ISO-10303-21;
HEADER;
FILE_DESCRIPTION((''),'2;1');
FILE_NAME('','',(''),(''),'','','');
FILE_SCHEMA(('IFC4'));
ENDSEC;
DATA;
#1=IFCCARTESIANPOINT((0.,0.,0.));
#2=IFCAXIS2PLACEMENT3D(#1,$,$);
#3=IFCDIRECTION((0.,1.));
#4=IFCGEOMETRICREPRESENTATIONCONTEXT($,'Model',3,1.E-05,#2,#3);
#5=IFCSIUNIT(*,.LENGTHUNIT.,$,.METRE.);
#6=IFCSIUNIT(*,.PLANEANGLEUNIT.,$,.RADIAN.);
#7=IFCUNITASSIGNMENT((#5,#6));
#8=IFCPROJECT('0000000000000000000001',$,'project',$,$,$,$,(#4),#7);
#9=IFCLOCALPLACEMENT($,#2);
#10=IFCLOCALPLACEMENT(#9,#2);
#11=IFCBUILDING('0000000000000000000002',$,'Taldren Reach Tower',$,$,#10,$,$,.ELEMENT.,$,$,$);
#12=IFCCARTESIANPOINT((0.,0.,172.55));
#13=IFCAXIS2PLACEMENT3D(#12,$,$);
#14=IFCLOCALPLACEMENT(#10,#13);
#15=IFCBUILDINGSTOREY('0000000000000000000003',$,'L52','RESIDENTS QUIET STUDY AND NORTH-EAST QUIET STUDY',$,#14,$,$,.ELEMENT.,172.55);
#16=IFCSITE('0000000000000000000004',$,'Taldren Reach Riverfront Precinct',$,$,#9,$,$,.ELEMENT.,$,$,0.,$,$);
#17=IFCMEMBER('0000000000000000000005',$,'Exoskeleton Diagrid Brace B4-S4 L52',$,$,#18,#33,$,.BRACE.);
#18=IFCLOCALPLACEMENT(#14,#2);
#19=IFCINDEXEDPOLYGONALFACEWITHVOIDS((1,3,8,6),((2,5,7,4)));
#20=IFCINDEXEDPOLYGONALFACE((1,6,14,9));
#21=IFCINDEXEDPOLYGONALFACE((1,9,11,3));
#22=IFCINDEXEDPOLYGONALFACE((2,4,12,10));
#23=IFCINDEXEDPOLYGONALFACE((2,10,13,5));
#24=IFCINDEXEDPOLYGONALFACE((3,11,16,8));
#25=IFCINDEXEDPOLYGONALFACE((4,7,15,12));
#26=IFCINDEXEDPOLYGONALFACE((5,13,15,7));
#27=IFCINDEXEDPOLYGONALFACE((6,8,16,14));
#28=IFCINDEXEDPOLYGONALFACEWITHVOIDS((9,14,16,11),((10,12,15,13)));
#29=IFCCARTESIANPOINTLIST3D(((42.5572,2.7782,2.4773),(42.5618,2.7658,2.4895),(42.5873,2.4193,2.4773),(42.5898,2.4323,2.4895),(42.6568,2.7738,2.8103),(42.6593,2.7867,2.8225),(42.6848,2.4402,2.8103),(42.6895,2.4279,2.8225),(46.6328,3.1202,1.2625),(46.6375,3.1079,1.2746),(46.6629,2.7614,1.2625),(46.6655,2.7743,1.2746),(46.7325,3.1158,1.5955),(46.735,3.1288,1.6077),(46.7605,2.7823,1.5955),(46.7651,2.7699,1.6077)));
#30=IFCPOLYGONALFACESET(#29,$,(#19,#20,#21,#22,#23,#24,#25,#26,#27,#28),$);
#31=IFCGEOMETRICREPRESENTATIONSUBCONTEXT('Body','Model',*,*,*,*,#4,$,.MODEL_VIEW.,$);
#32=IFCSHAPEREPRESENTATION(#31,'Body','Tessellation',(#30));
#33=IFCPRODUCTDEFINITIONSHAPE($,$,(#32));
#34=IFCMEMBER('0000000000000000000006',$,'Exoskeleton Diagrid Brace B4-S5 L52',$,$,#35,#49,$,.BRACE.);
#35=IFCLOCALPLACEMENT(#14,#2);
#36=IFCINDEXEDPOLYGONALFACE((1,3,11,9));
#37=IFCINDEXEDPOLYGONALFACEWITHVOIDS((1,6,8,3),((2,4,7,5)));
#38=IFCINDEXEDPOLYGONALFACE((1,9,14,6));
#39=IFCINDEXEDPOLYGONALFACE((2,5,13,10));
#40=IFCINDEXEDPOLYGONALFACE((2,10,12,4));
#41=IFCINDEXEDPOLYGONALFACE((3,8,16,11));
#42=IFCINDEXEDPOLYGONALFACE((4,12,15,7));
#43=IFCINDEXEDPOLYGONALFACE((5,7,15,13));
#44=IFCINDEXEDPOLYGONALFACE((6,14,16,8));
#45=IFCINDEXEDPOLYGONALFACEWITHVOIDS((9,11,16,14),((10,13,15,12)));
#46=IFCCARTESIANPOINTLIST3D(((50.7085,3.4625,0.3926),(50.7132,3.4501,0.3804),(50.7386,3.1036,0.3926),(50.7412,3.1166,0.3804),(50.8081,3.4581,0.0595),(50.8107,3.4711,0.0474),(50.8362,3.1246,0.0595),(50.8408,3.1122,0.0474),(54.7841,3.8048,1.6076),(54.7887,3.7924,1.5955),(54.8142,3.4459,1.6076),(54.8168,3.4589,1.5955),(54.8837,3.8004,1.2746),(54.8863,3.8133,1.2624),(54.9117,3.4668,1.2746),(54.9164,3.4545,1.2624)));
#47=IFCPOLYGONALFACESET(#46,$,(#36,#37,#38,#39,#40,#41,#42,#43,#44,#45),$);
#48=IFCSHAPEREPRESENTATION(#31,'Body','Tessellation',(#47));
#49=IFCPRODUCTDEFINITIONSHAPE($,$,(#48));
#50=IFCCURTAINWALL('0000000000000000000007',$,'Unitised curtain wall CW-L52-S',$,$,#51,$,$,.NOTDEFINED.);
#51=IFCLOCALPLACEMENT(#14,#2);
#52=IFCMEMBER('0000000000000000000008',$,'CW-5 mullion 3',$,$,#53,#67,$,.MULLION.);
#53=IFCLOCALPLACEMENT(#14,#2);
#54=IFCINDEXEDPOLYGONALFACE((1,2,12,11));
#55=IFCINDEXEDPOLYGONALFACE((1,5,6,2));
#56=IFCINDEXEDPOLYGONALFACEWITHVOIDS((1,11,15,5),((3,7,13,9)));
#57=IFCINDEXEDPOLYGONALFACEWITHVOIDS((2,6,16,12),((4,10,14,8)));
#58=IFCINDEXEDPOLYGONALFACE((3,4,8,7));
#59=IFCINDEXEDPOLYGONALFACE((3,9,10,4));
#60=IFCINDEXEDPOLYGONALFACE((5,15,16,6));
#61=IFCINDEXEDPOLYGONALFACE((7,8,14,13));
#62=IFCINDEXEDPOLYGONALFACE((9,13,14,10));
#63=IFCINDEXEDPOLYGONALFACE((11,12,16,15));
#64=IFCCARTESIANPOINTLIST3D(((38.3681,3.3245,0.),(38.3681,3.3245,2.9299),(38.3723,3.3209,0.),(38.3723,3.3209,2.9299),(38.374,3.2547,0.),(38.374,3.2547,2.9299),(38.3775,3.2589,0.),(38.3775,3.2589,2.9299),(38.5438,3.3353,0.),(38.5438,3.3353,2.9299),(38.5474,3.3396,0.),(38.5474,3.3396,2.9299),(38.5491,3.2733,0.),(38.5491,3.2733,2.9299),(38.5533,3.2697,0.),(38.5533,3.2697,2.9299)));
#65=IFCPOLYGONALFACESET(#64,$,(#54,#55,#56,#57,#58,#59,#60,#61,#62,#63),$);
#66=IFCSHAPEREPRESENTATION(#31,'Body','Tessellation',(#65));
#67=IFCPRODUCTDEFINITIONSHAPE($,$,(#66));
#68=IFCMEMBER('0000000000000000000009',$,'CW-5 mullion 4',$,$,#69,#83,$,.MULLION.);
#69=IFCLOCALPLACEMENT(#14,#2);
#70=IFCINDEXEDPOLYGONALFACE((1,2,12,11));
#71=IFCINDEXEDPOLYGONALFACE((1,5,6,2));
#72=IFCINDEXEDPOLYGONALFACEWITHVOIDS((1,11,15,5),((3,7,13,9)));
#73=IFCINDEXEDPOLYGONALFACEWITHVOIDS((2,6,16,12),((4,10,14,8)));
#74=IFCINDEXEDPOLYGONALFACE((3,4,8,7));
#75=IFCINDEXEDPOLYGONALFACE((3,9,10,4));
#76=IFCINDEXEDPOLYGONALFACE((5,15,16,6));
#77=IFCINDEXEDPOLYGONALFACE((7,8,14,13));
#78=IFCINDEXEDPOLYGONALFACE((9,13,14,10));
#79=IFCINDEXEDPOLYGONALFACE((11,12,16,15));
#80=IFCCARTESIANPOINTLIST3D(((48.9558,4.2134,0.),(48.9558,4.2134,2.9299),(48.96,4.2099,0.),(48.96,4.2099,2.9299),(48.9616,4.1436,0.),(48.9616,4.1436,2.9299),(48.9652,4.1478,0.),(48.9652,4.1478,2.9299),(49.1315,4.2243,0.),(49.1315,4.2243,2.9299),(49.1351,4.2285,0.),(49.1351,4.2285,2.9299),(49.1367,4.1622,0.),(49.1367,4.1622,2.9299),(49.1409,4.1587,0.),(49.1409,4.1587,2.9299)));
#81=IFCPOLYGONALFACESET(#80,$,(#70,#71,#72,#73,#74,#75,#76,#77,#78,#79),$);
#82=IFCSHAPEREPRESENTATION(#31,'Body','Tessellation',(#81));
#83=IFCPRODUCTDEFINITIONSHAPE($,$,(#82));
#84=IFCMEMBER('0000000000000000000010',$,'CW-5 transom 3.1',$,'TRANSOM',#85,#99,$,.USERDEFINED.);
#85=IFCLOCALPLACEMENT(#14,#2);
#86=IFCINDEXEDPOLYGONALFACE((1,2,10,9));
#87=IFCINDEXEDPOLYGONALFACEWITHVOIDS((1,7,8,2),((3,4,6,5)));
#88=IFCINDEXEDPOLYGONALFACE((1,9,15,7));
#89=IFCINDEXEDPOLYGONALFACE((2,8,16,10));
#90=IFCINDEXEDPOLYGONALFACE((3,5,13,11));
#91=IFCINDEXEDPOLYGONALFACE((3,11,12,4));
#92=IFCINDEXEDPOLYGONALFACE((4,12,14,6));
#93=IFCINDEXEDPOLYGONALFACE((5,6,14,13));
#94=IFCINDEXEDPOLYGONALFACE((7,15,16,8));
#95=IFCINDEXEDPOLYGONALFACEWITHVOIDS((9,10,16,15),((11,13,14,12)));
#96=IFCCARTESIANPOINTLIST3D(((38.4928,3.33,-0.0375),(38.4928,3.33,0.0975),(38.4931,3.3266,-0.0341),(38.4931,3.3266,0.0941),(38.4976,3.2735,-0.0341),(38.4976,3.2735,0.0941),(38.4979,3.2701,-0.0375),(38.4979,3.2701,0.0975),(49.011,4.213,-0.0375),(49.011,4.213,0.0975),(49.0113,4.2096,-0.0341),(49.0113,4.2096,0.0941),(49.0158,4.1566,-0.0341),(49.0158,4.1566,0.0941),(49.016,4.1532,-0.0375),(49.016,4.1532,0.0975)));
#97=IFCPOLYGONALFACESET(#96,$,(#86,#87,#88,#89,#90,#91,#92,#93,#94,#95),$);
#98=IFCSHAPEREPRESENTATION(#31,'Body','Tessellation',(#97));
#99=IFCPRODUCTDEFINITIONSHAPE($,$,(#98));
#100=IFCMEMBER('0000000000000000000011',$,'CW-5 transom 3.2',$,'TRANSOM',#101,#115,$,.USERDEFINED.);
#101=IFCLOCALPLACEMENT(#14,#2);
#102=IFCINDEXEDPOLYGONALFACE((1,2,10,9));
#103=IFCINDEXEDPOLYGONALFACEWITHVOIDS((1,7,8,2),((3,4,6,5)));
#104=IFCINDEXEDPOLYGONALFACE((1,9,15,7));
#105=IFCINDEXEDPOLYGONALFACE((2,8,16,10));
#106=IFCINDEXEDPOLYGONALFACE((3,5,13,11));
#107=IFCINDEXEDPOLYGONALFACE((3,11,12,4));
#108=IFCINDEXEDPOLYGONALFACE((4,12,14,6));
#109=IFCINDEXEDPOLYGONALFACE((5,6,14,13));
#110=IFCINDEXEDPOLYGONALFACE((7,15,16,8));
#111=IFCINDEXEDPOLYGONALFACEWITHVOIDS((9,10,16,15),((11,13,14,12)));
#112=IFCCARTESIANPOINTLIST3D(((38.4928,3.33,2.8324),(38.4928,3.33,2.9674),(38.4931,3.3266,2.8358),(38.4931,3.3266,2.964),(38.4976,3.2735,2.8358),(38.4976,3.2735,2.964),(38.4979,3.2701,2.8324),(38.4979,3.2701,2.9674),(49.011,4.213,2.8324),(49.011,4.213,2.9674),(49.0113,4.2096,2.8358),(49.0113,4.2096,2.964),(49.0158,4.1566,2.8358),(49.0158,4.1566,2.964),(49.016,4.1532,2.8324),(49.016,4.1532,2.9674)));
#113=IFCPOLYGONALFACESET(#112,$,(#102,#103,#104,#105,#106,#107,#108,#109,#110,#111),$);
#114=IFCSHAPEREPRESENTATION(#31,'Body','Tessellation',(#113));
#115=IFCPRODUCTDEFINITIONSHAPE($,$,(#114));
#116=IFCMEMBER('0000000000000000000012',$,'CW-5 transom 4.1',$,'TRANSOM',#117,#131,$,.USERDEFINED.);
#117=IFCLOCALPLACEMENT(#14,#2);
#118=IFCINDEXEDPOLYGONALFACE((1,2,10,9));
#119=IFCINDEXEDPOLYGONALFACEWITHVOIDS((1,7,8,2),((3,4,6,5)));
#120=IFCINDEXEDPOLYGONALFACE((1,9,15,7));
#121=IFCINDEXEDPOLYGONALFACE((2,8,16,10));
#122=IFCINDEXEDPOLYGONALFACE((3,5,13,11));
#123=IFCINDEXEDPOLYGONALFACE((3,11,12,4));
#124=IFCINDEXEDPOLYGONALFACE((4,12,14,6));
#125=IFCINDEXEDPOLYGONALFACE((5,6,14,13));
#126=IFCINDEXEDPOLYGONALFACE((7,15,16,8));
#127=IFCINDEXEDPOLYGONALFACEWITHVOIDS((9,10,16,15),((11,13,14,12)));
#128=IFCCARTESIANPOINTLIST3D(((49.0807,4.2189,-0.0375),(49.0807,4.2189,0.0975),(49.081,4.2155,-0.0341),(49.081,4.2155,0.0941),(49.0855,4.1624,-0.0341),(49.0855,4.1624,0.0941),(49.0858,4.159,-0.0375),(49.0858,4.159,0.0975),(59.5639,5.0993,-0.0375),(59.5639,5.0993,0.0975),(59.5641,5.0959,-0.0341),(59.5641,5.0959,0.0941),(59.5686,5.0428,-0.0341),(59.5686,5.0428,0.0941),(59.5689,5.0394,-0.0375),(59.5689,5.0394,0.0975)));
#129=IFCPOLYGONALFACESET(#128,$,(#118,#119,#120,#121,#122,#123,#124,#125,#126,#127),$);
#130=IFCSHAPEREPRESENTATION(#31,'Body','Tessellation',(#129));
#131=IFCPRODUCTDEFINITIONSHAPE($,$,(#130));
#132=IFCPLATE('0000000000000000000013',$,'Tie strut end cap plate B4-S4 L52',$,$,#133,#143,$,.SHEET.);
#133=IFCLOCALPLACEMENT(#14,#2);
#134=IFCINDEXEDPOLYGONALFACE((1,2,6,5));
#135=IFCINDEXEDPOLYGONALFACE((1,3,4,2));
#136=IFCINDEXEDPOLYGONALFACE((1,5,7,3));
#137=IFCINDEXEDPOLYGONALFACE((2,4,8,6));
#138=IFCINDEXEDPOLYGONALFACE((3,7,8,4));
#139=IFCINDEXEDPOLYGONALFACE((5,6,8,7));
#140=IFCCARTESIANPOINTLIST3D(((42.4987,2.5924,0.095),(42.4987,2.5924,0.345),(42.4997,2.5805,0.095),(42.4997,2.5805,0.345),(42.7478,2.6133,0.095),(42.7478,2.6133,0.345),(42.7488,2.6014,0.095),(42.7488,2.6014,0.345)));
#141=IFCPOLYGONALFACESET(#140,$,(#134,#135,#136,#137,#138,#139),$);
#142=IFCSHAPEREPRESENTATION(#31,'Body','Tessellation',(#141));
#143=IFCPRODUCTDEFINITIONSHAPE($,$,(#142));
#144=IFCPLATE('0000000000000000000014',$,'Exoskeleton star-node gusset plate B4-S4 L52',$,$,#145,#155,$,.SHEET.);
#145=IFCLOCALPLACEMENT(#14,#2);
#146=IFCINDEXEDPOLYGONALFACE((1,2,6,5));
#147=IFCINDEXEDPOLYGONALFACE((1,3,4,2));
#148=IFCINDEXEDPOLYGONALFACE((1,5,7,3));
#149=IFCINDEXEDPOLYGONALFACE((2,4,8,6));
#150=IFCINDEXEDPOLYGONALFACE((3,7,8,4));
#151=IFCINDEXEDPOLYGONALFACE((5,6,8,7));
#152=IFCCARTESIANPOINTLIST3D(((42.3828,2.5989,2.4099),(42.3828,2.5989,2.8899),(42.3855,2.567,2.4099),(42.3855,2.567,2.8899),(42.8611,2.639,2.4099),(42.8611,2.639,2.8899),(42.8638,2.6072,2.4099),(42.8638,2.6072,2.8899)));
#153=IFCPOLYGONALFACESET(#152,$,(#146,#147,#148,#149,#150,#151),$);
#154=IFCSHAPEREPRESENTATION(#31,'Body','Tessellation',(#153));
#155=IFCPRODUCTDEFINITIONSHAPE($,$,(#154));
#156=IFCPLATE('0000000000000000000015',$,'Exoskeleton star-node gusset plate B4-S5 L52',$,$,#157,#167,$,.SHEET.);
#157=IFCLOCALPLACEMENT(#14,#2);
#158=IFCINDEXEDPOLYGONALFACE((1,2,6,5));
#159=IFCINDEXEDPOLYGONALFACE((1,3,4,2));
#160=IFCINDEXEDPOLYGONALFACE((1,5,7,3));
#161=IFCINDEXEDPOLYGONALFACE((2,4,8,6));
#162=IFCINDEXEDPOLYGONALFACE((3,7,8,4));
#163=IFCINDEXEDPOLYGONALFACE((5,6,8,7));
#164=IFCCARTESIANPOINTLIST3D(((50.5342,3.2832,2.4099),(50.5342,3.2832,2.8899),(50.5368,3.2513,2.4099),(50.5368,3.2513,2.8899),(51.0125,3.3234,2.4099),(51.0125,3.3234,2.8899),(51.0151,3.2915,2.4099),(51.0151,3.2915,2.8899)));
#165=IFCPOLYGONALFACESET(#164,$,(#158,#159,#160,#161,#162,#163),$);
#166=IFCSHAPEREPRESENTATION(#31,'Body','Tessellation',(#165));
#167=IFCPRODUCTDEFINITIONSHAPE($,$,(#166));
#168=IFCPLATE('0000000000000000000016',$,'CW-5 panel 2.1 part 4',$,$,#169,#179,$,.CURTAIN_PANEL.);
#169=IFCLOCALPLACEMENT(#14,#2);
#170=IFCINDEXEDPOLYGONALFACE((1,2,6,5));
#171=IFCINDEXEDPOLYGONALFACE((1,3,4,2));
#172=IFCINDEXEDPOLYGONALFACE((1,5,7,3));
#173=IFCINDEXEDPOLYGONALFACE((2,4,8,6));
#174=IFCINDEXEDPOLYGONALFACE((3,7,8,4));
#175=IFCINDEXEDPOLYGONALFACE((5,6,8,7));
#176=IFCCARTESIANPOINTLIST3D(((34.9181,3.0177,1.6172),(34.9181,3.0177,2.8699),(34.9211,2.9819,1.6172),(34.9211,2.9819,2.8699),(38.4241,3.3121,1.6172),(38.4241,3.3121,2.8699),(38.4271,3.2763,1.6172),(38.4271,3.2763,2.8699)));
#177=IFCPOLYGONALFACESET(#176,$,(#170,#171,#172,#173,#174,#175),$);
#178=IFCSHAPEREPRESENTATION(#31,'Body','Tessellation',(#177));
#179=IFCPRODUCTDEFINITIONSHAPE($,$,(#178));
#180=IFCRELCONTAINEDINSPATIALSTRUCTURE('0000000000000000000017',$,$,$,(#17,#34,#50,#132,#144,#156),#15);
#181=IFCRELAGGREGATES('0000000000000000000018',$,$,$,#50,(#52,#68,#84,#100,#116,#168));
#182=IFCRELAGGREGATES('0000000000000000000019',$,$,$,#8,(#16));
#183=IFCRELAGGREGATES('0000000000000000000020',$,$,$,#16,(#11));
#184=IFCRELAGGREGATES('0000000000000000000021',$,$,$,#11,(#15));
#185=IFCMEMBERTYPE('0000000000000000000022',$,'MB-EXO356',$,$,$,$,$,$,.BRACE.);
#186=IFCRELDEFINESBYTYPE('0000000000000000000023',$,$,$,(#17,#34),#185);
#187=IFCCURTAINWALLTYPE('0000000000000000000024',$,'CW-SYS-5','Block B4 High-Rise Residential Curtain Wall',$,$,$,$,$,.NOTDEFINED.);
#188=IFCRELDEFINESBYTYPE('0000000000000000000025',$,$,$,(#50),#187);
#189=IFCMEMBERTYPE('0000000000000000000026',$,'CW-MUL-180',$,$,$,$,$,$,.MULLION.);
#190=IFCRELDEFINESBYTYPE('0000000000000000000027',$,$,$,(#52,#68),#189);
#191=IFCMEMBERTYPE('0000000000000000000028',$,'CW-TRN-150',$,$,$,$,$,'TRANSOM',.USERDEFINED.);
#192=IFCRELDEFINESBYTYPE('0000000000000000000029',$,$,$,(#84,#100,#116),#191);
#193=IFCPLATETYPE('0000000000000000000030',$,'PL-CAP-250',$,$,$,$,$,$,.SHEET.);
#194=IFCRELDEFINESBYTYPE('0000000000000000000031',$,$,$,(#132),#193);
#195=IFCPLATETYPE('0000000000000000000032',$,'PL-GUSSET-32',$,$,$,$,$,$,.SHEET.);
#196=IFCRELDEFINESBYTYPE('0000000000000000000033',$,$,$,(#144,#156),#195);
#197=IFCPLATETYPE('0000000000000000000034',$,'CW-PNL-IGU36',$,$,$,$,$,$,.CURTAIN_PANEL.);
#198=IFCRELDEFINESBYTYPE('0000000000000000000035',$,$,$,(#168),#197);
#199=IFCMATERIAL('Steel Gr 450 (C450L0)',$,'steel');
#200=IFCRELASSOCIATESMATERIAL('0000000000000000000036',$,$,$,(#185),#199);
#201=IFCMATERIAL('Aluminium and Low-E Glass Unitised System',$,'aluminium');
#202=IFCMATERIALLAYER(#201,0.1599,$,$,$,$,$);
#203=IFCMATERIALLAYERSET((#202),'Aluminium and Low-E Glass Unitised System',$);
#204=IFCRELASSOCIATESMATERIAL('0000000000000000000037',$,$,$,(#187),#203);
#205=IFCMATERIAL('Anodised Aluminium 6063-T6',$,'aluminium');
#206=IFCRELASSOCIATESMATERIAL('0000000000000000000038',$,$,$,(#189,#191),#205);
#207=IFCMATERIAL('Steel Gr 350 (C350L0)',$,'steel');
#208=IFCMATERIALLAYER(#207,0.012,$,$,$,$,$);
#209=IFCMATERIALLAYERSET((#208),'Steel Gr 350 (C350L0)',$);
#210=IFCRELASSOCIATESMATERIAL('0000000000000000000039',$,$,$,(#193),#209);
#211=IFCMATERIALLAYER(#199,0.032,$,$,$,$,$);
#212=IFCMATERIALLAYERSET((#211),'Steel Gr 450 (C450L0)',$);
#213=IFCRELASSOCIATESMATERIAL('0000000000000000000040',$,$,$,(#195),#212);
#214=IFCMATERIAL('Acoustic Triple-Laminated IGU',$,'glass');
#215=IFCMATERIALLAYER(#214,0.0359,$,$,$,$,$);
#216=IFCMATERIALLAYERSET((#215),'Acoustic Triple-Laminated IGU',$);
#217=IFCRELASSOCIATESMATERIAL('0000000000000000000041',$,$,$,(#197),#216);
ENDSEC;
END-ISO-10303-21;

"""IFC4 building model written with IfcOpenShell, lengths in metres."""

from ifc_helpers import new_model, si_unit, direction, frame, origin, origin_2d, place, context, subcontext, project, spatial, rectangle, hollow_rectangle, extrude, source, transform, mapped, material, layer, layer_set, material_profile, profile_set, type_object, element, aggregate, save


model = new_model("IFC4")

# Units and contexts
model_context = context("Model", 3, precision=1e-05, world=origin(), true_north=direction((0.0, 1.0)))
body_context = subcontext(model_context, "Body", "Model", "MODEL_VIEW")
ifc_project = project(units=[si_unit("LENGTHUNIT", "METRE"), si_unit("PLANEANGLEUNIT", "RADIAN")], contexts=[model_context])

# Site, building, storey
site_placement = place(None, origin())
site = spatial("IfcSite", under=ifc_project, at=site_placement, Name="Taldren Reach Riverfront Precinct", CompositionType="ELEMENT", RefElevation=0.0)
building_placement = place(site_placement, origin())
building = spatial("IfcBuilding", under=site, at=building_placement, Name="Taldren Reach Tower", CompositionType="ELEMENT")
storey_placement = place(building_placement, frame((0.0, 0.0, 172.55)))
storey = spatial("IfcBuildingStorey", under=building, at=storey_placement, Name="L52", Description="RESIDENTS QUIET STUDY AND NORTH-EAST QUIET STUDY", CompositionType="ELEMENT", Elevation=172.55)

# Shared definitions
ifc_material_1 = material(Name="Steel Gr 350 (C350L0)", Category="steel")

# Members
ifc_material_2 = material(Name="Steel Gr 450 (C450L0)", Category="steel")
ifc_material_profile_1 = material_profile(ifc_material_2, hollow_rectangle(XDim=0.3601, YDim=0.3601, WallThickness=0.0127, at=origin_2d()), Name="360x360x12.7SHS")
ifc_profile_set_1 = profile_set([ifc_material_profile_1], Name="Steel Gr 450 (C450L0)")
member_type_1 = type_object("IfcMemberType", Name="MB-EXO356", PredefinedType="BRACE", material=ifc_profile_set_1)
shared_shape_1 = source(origin(), body_context, "Body", "SweptSolid", [
    extrude(hollow_rectangle(XDim=0.3601, YDim=0.3601, WallThickness=0.0127, at=origin_2d()), origin(), (0.0, 0.0, 1.0), 4.2666),
])
for number, where, z_axis, x_axis, name in (
    (1, (46.699, 2.9451, 1.4351), (-0.955249, -0.080167, 0.284732), (0.083628, -0.996497, 0.0), "Exoskeleton Diagrid Brace B4-S4 L52"),
    (2, (50.7747, 3.2874, 0.22), (0.955229, 0.080222, 0.284783), (-0.083688, 0.996492, 0.0), "Exoskeleton Diagrid Brace B4-S5 L52"),
):
    element("IfcMember", number, at=place(storey_placement, frame(where, z_axis=z_axis, x_axis=x_axis)), inside=storey, type_object=member_type_1, Name=name, PredefinedType="BRACE", context=body_context, shape_type="MappedRepresentation", body=[
        mapped(shared_shape_1, transform((0.0, 0.0, 0.0), scale=1.0)),
    ])

# Curtain wall, members
ifc_material_3 = material(Name="Aluminium and Low-E Glass Unitised System", Category="aluminium")
ifc_layer_1 = layer(ifc_material_3, 0.1599)
ifc_layer_set_1 = layer_set([ifc_layer_1], Name="Aluminium and Low-E Glass Unitised System")
curtain_wall_type = type_object("IfcCurtainWallType", Name="CW-SYS-5", Description="Block B4 High-Rise Residential Curtain Wall", PredefinedType="NOTDEFINED", material=ifc_layer_set_1)
curtain_wall_placement = place(storey_placement, origin())
curtain_wall = element("IfcCurtainWall", 3, at=curtain_wall_placement, inside=storey, type_object=curtain_wall_type, Name="Unitised curtain wall CW-L52-S", PredefinedType="NOTDEFINED")
ifc_material_4 = material(Name="Anodised Aluminium 6063-T6", Category="aluminium")
ifc_material_profile_2 = material_profile(ifc_material_4, hollow_rectangle(XDim=0.0701, YDim=0.1799, WallThickness=0.0039, at=origin_2d()), Name="ALU-180x70x4RHS")
ifc_profile_set_2 = profile_set([ifc_material_profile_2], Name="Anodised Aluminium 6063-T6")
member_type_2 = type_object("IfcMemberType", Name="CW-MUL-180", PredefinedType="MULLION", material=ifc_profile_set_2)
shared_shape_2 = source(origin(), body_context, "Body", "SweptSolid", [
    extrude(hollow_rectangle(XDim=0.0701, YDim=0.1799, WallThickness=0.0039, at=origin_2d()), origin(), (0.0, 0.0, 1.0), 2.9299),
])
member_1_placement = place(storey_placement, frame((38.4607, 3.2971, 0.0), z_axis=(0.0, 0.0, 1.0), x_axis=(-0.083678, 0.996493, 0.0)))
member_1 = element("IfcMember", 4, at=member_1_placement, type_object=member_type_2, Name="CW-5 mullion 3", PredefinedType="MULLION", context=body_context, shape_type="MappedRepresentation", body=[
    mapped(shared_shape_2, transform((0.0, 0.0, 0.0), scale=1.0)),
])
member_2_placement = place(storey_placement, frame((49.0483, 4.186, 0.0), z_axis=(0.0, 0.0, 1.0), x_axis=(-0.083678, 0.996493, 0.0)))
member_2 = element("IfcMember", 5, at=member_2_placement, type_object=member_type_2, Name="CW-5 mullion 4", PredefinedType="MULLION", context=body_context, shape_type="MappedRepresentation", body=[
    mapped(shared_shape_2, transform((0.0, 0.0, 0.0), scale=1.0)),
])
ifc_material_profile_3 = material_profile(ifc_material_4, hollow_rectangle(XDim=0.0601, YDim=0.135, WallThickness=0.0034, at=origin_2d()), Name="ALU-135x60x3.5RHS")
ifc_profile_set_3 = profile_set([ifc_material_profile_3], Name="Anodised Aluminium 6063-T6")
member_type_3 = type_object("IfcMemberType", Name="CW-TRN-150", ElementType="TRANSOM", PredefinedType="USERDEFINED", material=ifc_profile_set_3)
shared_shape_3 = source(origin(), body_context, "Body", "SweptSolid", [
    extrude(hollow_rectangle(XDim=0.0601, YDim=0.135, WallThickness=0.0034, at=origin_2d()), origin(), (0.0, 0.0, 1.0), 10.5552),
])
member_3_placement = place(storey_placement, frame((38.4954, 3.3, 0.03), z_axis=(0.996494, 0.083662, 0.0), x_axis=(-0.083662, 0.996494, 0.0)))
member_3 = element("IfcMember", 6, at=member_3_placement, type_object=member_type_3, Name="CW-5 transom 3.1", ObjectType="TRANSOM", PredefinedType="USERDEFINED", context=body_context, shape_type="MappedRepresentation", body=[
    mapped(shared_shape_3, transform((0.0, 0.0, 0.0), scale=1.0)),
])
member_4_placement = place(storey_placement, frame((38.4954, 3.3, 2.8999), z_axis=(0.996494, 0.083662, 0.0), x_axis=(-0.083662, 0.996494, 0.0)))
member_4 = element("IfcMember", 7, at=member_4_placement, type_object=member_type_3, Name="CW-5 transom 3.2", ObjectType="TRANSOM", PredefinedType="USERDEFINED", context=body_context, shape_type="MappedRepresentation", body=[
    mapped(shared_shape_3, transform((0.0, 0.0, 0.0), scale=1.0)),
])
shared_shape_4 = source(origin(), body_context, "Body", "SweptSolid", [
    extrude(hollow_rectangle(XDim=0.0601, YDim=0.135, WallThickness=0.0034, at=origin_2d()), origin(), (0.0, 0.0, 1.0), 10.52),
])
member_5_placement = place(storey_placement, frame((49.0833, 4.189, 0.03), z_axis=(0.996492, 0.083685, 0.0), x_axis=(-0.083685, 0.996492, 0.0)))
member_5 = element("IfcMember", 8, at=member_5_placement, type_object=member_type_3, Name="CW-5 transom 4.1", ObjectType="TRANSOM", PredefinedType="USERDEFINED", context=body_context, shape_type="MappedRepresentation", body=[
    mapped(shared_shape_4, transform((0.0, 0.0, 0.0), scale=1.0)),
])

# Plates
ifc_layer_2 = layer(ifc_material_1, 0.012)
ifc_layer_set_2 = layer_set([ifc_layer_2], Name="Steel Gr 350 (C350L0)")
plate_type_1 = type_object("IfcPlateType", Name="PL-CAP-250", PredefinedType="SHEET", material=ifc_layer_set_2)
shared_shape_5 = source(origin(), body_context, "Body", "SweptSolid", [
    extrude(rectangle(XDim=0.25, YDim=0.012, at=origin_2d()), origin(), (0.0, 0.0, 1.0), 0.25),
])
plate_1_placement = place(storey_placement, frame((42.6238, 2.5969, 0.095), z_axis=(0.0, 0.0, 1.0), x_axis=(0.996493, 0.083678, 0.0)))
element("IfcPlate", 9, at=plate_1_placement, inside=storey, type_object=plate_type_1, Name="Tie strut end cap plate B4-S4 L52", PredefinedType="SHEET", context=body_context, shape_type="MappedRepresentation", body=[
    mapped(shared_shape_5, transform((0.0, 0.0, 0.0), scale=1.0)),
])
ifc_layer_3 = layer(ifc_material_2, 0.032)
ifc_layer_set_3 = layer_set([ifc_layer_3], Name="Steel Gr 450 (C450L0)")
plate_type_2 = type_object("IfcPlateType", Name="PL-GUSSET-32", PredefinedType="SHEET", material=ifc_layer_set_3)
shared_shape_6 = source(origin(), body_context, "Body", "SweptSolid", [
    extrude(rectangle(XDim=0.48, YDim=0.032, at=origin_2d()), origin(), (0.0, 0.0, 1.0), 0.48),
])
for number, where, z_axis, x_axis, name in (
    (10, (42.6233, 2.603, 2.4099), (0.0, 0.0, 1.0), (0.996493, 0.083678, 0.0), "Exoskeleton star-node gusset plate B4-S4 L52"),
    (11, (50.7747, 3.2874, 2.4099), (0.0, 0.0, 1.0), (0.996493, 0.083678, 0.0), "Exoskeleton star-node gusset plate B4-S5 L52"),
):
    element("IfcPlate", number, at=place(storey_placement, frame(where, z_axis=z_axis, x_axis=x_axis)), inside=storey, type_object=plate_type_2, Name=name, PredefinedType="SHEET", context=body_context, shape_type="MappedRepresentation", body=[
        mapped(shared_shape_6, transform((0.0, 0.0, 0.0), scale=1.0)),
    ])

# Plate
ifc_material_5 = material(Name="Acoustic Triple-Laminated IGU", Category="glass")
ifc_layer_4 = layer(ifc_material_5, 0.0359)
ifc_layer_set_4 = layer_set([ifc_layer_4], Name="Acoustic Triple-Laminated IGU")
plate_type_3 = type_object("IfcPlateType", Name="CW-PNL-IGU36", PredefinedType="CURTAIN_PANEL", material=ifc_layer_set_4)
shared_shape_7 = source(origin(), body_context, "Body", "SweptSolid", [
    extrude(rectangle(XDim=3.5183, YDim=0.0359, at=origin_2d()), origin(), (0.0, 0.0, 1.0), 1.2527),
])
plate_2_placement = place(storey_placement, frame((36.6726, 3.147, 1.6172), z_axis=(0.0, 0.0, 1.0), x_axis=(0.996493, 0.083678, 0.0)))
plate_2 = element("IfcPlate", 12, at=plate_2_placement, type_object=plate_type_3, Name="CW-5 panel 2.1 part 4", PredefinedType="CURTAIN_PANEL", context=body_context, shape_type="MappedRepresentation", body=[
    mapped(shared_shape_7, transform((0.0, 0.0, 0.0), scale=1.0)),
])
aggregate(curtain_wall, [member_1, member_2, member_3, member_4, member_5, plate_2])

save(model, "model.ifc")
